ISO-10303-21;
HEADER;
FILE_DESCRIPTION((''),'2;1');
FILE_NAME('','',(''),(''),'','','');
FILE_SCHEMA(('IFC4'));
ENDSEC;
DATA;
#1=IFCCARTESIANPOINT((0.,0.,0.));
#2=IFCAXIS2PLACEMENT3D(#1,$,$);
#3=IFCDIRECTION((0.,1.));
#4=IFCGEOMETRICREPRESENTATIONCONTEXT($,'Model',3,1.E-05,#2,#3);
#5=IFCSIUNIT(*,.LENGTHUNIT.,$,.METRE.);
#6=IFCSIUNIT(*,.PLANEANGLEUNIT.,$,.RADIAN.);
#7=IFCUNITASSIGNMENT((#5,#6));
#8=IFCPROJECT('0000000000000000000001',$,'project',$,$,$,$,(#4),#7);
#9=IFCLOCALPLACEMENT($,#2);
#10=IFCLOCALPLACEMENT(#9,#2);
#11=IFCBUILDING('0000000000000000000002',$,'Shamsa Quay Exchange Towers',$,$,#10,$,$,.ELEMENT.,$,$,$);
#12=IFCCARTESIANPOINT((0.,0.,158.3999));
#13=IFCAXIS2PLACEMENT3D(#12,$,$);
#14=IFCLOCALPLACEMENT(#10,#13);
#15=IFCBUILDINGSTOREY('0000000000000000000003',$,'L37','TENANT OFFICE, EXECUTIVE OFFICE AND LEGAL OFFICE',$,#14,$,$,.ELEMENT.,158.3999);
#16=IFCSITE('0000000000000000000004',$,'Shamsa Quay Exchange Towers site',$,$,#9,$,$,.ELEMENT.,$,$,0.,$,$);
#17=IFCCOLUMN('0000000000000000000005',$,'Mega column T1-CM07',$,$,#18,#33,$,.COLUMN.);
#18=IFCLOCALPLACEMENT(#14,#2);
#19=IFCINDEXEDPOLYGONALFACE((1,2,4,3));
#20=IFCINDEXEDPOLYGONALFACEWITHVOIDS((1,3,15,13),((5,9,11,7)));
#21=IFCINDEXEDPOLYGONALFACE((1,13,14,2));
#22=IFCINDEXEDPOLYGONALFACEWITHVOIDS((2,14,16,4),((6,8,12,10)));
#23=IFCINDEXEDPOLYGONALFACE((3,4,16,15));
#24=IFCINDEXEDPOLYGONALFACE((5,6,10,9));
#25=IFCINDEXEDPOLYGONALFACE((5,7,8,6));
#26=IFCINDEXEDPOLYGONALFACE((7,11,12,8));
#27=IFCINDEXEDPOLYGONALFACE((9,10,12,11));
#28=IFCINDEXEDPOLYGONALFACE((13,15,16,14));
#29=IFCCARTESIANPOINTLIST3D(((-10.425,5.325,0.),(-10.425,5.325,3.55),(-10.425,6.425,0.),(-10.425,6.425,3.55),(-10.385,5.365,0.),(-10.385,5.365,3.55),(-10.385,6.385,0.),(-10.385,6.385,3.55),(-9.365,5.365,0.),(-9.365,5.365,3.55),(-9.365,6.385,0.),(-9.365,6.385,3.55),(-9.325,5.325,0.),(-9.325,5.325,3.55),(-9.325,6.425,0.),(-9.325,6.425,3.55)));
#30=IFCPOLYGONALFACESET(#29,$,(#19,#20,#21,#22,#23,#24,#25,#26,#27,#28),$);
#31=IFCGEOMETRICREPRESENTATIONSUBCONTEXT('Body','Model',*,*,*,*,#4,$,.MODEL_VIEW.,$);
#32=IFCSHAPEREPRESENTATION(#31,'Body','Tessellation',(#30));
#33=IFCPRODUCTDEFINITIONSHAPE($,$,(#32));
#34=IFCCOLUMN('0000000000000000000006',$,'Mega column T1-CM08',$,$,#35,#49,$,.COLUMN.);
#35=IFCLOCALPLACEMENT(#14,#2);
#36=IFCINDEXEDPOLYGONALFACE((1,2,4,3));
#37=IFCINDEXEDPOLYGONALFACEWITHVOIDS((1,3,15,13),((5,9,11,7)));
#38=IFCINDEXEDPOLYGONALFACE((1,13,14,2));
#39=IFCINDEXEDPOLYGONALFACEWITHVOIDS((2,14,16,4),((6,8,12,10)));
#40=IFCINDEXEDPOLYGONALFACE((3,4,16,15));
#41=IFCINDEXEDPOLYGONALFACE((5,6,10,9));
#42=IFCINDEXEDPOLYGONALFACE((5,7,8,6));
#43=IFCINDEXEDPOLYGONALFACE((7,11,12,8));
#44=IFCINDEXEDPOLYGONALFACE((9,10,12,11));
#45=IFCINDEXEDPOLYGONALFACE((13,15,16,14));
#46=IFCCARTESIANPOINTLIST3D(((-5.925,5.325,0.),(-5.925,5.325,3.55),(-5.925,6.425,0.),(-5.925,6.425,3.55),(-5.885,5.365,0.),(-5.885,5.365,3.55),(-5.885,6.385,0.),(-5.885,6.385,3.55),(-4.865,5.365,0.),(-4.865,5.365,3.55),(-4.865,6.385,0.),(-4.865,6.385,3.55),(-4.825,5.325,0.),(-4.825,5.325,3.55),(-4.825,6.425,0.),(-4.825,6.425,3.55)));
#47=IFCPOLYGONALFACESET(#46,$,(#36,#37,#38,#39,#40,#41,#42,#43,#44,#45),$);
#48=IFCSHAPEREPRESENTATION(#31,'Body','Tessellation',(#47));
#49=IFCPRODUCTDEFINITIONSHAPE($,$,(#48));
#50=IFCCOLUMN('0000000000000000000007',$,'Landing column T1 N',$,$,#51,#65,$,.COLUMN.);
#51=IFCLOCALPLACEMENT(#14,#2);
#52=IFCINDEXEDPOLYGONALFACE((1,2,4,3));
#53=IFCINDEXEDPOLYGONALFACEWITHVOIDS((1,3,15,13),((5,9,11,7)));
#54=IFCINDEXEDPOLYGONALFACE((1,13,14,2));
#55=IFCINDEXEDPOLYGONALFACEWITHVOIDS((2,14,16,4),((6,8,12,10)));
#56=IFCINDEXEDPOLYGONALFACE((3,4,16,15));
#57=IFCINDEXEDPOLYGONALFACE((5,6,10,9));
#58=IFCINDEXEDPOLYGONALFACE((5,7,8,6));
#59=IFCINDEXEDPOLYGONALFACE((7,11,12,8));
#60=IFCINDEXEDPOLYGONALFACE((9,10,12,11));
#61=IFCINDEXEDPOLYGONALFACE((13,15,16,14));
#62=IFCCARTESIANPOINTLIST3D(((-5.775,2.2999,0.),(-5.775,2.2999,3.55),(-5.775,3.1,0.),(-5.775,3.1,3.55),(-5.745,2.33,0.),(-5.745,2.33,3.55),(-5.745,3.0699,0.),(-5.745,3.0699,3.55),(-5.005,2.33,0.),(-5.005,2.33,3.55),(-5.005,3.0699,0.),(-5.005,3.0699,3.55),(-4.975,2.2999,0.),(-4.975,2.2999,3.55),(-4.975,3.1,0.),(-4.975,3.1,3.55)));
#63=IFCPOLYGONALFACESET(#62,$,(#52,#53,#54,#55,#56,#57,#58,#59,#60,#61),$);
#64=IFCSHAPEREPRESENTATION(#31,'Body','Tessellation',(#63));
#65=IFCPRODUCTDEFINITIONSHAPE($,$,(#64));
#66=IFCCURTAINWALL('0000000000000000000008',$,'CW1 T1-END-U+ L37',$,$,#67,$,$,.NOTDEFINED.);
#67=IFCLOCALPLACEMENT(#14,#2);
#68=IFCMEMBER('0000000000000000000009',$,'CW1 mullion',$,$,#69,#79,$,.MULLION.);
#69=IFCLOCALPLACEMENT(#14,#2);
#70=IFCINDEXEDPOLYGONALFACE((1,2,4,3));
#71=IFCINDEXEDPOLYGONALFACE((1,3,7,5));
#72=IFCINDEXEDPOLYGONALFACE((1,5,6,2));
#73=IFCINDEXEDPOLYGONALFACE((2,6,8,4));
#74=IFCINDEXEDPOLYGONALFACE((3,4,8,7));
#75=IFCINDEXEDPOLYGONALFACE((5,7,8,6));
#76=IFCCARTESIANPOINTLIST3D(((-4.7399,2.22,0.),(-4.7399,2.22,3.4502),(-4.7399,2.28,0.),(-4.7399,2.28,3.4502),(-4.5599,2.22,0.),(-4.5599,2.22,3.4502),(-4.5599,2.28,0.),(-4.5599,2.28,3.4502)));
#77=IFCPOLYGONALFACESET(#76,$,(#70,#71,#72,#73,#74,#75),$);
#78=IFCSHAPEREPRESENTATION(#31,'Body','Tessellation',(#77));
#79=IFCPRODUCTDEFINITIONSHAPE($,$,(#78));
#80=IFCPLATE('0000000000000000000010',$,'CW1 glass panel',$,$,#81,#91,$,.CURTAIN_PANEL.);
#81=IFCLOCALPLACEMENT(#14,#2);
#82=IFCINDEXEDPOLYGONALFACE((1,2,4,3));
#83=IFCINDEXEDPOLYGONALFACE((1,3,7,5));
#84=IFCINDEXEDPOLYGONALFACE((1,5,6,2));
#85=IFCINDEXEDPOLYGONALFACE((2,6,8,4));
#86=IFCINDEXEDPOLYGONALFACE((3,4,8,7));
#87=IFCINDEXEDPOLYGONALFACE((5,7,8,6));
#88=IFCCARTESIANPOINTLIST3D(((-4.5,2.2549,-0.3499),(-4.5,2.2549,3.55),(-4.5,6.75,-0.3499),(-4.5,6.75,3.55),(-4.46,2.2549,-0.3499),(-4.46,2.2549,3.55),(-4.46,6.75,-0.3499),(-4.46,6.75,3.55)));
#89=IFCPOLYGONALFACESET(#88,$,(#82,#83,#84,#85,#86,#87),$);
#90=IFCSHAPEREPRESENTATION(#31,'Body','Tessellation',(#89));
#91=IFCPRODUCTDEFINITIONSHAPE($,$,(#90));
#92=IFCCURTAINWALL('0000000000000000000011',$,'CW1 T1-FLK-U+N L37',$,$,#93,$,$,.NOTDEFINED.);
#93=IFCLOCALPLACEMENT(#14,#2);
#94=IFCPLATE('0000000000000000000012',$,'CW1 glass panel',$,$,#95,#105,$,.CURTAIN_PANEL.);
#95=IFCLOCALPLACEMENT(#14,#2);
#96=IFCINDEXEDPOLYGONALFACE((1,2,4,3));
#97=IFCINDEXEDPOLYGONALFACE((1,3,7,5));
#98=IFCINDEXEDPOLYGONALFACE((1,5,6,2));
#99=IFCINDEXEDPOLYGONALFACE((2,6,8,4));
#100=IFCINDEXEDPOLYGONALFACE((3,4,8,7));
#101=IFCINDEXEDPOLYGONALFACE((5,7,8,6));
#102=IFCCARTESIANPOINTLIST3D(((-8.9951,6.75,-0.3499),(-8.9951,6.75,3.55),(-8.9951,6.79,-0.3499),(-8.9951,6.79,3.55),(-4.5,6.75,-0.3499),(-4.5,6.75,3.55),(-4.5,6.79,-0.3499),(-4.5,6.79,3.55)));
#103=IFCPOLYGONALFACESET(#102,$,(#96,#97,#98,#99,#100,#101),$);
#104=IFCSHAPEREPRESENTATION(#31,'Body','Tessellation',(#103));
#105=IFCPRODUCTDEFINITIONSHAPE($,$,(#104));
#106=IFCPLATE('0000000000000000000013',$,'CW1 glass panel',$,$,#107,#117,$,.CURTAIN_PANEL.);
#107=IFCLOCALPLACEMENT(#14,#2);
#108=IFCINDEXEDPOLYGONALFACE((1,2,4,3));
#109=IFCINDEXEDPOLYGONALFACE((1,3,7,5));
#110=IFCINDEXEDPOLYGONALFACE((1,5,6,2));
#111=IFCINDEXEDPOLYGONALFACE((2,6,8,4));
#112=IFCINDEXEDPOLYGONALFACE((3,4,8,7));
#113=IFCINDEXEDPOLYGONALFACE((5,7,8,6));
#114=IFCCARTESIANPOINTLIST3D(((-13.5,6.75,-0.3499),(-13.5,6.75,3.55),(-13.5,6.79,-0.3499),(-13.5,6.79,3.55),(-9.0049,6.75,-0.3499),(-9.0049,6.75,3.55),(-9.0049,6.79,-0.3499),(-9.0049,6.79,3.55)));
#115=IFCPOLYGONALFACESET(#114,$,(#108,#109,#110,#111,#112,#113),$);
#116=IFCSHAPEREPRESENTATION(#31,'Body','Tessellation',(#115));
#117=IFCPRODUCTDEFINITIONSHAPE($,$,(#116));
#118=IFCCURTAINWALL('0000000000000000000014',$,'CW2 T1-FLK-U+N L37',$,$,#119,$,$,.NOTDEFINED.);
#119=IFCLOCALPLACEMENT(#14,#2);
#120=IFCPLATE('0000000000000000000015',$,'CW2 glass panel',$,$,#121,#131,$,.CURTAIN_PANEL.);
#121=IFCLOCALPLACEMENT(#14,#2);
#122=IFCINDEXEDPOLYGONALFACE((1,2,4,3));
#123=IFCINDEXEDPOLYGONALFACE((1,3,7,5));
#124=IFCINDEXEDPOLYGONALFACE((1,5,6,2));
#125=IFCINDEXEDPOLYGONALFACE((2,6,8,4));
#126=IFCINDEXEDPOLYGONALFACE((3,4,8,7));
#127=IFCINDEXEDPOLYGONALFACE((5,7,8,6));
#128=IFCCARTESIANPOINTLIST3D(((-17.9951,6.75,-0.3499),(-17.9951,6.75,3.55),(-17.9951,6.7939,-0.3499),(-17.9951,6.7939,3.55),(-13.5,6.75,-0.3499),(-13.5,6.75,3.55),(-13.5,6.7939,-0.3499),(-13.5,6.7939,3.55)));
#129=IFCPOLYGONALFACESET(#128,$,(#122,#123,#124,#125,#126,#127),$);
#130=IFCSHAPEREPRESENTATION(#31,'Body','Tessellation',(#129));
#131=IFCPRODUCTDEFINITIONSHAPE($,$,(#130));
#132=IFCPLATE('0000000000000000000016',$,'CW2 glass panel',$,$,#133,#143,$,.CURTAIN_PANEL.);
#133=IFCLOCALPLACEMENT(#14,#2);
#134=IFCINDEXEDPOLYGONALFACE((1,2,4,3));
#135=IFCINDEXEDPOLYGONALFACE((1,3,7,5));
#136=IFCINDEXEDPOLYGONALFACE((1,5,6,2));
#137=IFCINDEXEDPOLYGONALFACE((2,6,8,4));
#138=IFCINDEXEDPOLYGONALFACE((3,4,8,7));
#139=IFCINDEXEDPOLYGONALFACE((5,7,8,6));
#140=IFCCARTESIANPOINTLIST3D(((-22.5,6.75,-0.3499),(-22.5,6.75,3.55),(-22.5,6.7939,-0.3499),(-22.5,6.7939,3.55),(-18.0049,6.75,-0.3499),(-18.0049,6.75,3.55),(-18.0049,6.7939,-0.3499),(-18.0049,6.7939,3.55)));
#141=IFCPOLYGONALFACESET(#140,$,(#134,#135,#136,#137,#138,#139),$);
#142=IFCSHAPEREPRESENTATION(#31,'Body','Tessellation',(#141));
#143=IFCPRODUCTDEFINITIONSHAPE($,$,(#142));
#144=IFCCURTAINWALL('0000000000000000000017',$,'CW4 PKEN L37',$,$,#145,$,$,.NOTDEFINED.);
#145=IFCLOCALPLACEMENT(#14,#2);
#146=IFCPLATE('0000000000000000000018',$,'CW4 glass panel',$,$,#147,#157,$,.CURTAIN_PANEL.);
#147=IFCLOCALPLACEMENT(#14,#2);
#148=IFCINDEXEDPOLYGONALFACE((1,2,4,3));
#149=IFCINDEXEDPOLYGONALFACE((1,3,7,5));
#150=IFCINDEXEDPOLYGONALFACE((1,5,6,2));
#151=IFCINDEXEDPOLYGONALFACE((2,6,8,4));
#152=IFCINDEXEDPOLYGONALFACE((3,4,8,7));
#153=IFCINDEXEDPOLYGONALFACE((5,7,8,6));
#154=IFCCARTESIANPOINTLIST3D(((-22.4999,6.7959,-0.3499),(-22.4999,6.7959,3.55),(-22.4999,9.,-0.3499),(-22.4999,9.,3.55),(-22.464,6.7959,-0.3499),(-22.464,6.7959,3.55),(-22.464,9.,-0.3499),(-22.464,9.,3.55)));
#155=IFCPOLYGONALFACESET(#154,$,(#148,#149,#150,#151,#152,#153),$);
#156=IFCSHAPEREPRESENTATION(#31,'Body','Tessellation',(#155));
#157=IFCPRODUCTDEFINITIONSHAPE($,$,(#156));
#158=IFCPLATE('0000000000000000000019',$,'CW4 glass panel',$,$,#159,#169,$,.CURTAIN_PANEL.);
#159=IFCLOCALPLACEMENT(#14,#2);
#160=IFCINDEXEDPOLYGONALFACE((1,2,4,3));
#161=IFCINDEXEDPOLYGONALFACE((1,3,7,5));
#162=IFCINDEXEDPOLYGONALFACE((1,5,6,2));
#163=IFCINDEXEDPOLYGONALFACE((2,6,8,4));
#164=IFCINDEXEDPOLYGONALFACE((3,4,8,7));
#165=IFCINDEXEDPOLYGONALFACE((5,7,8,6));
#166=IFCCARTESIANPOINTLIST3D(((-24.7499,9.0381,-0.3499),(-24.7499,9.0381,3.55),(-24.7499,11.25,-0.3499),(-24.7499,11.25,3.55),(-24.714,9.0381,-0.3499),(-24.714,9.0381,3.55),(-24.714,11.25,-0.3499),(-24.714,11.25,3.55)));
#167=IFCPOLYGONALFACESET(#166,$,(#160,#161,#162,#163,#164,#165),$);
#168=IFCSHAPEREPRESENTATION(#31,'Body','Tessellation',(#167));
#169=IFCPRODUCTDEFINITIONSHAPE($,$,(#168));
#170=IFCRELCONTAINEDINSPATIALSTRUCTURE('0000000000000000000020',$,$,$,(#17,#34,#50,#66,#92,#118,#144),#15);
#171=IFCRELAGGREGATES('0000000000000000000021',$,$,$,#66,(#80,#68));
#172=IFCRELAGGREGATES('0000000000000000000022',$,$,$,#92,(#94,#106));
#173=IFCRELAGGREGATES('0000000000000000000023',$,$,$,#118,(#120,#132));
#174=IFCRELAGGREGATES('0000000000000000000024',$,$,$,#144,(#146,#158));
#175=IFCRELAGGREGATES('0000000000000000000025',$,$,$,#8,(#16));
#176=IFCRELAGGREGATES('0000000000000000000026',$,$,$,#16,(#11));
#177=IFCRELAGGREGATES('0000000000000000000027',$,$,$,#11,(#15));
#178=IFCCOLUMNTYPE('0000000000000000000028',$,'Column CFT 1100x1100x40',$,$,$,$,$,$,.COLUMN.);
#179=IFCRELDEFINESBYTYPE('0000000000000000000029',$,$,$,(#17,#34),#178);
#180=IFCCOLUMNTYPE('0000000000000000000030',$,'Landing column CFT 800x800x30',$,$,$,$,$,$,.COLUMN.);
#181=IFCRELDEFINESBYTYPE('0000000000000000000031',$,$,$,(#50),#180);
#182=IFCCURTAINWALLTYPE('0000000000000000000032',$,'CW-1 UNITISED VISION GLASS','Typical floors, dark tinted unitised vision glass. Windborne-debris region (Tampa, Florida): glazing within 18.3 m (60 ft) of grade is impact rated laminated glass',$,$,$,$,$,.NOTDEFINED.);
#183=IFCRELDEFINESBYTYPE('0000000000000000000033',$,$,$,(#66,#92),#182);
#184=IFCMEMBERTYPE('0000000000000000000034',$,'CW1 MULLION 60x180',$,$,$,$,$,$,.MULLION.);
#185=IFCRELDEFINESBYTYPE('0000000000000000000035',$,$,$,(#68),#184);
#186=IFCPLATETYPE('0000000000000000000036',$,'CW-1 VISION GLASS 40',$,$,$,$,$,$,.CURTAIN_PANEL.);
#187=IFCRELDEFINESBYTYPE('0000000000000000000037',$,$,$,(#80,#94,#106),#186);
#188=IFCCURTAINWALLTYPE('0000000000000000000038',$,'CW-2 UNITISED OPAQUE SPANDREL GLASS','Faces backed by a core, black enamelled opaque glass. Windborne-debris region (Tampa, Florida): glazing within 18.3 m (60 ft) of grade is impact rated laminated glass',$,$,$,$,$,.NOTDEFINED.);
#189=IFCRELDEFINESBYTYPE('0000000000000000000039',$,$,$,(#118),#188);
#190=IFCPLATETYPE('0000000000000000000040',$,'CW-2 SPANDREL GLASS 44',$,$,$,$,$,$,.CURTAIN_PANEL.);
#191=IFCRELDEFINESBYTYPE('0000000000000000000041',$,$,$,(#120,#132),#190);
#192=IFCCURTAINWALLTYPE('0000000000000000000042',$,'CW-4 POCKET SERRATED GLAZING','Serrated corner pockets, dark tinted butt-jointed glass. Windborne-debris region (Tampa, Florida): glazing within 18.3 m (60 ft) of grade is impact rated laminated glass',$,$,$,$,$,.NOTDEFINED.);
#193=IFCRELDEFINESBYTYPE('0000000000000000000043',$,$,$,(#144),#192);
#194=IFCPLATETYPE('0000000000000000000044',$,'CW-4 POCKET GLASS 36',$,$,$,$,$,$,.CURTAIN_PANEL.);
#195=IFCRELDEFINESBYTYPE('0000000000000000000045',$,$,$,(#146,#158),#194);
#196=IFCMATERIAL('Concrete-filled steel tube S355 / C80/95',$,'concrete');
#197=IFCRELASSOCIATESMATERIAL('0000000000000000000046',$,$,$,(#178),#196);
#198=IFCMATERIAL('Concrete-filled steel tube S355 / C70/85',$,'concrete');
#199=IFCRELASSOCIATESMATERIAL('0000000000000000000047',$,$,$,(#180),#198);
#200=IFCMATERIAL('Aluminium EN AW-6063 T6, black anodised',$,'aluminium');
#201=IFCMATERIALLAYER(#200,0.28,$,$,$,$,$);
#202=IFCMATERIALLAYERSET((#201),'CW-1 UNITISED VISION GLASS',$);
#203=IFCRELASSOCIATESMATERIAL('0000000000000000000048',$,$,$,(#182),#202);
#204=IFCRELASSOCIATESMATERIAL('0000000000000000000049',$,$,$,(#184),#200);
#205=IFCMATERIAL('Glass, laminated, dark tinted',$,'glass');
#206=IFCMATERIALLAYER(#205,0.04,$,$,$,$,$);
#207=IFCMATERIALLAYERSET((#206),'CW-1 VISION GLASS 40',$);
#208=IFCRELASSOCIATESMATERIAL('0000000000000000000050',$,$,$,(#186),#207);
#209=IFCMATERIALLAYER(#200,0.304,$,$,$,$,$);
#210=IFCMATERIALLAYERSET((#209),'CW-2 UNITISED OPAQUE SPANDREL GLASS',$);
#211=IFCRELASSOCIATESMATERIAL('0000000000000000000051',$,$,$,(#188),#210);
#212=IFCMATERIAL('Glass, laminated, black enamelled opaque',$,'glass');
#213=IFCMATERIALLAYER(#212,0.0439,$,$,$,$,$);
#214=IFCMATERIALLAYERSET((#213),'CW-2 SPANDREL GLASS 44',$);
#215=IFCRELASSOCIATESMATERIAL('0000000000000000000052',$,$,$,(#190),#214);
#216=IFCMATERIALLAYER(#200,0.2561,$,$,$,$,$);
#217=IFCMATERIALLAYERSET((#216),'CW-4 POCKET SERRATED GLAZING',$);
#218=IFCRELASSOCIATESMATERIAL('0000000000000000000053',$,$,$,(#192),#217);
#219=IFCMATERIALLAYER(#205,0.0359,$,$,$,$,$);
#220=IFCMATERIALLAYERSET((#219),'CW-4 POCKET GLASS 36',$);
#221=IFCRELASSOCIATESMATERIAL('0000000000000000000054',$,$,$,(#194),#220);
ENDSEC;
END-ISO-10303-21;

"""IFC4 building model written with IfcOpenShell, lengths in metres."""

from ifc_helpers import new_model, si_unit, direction, frame, origin, origin_2d, place, context, subcontext, project, spatial, rectangle, hollow_rectangle, extrude, material, layer, layer_set, material_profile, profile_set, type_object, element, aggregate, save


model = new_model("IFC4")

# Units and contexts
model_context = context("Model", 3, precision=1e-05, world=origin(), true_north=direction((0.0, 1.0)))
body_context = subcontext(model_context, "Body", "Model", "MODEL_VIEW")
ifc_project = project(units=[si_unit("LENGTHUNIT", "METRE"), si_unit("PLANEANGLEUNIT", "RADIAN")], contexts=[model_context])

# Site, building, storey
site_placement = place(None, origin())
site = spatial("IfcSite", under=ifc_project, at=site_placement, Name="Shamsa Quay Exchange Towers site", CompositionType="ELEMENT", RefElevation=0.0)
building_placement = place(site_placement, origin())
building = spatial("IfcBuilding", under=site, at=building_placement, Name="Shamsa Quay Exchange Towers", CompositionType="ELEMENT")
storey_placement = place(building_placement, frame((0.0, 0.0, 158.3999)))
storey = spatial("IfcBuildingStorey", under=building, at=storey_placement, Name="L37", Description="TENANT OFFICE, EXECUTIVE OFFICE AND LEGAL OFFICE", CompositionType="ELEMENT", Elevation=158.3999)

# Columns
ifc_material_1 = material(Name="Concrete-filled steel tube S355 / C80/95", Category="concrete")
ifc_material_profile_1 = material_profile(ifc_material_1, hollow_rectangle(XDim=1.1001, YDim=1.1001, WallThickness=0.04, at=origin_2d()), Name="CFT 1100x1100x40")
ifc_profile_set_1 = profile_set([ifc_material_profile_1], Name="Concrete-filled steel tube S355 / C80/95")
column_type_1 = type_object("IfcColumnType", Name="Column CFT 1100x1100x40", PredefinedType="COLUMN", material=ifc_profile_set_1)
for number, where, name in (
    (1, (-9.875, 5.875, 0.0), "Mega column T1-CM07"),
    (2, (-5.375, 5.875, 0.0), "Mega column T1-CM08"),
):
    element("IfcColumn", number, at=place(storey_placement, frame(where)), inside=storey, type_object=column_type_1, Name=name, PredefinedType="COLUMN", context=body_context, shape_type="SweptSolid", body=[
        extrude(hollow_rectangle(XDim=1.1001, YDim=1.1001, WallThickness=0.04, at=origin_2d()), origin(), (0.0, 0.0, 1.0), 3.55),
    ])
ifc_material_2 = material(Name="Concrete-filled steel tube S355 / C70/85", Category="concrete")
ifc_material_profile_2 = material_profile(ifc_material_2, hollow_rectangle(XDim=0.8, YDim=0.8, WallThickness=0.03, at=origin_2d()), Name="CFT 800x800x30")
ifc_profile_set_2 = profile_set([ifc_material_profile_2], Name="Concrete-filled steel tube S355 / C70/85")
column_type_2 = type_object("IfcColumnType", Name="Landing column CFT 800x800x30", PredefinedType="COLUMN", material=ifc_profile_set_2)
column_placement = place(storey_placement, frame((-5.375, 2.7, 0.0)))
element("IfcColumn", 3, at=column_placement, inside=storey, type_object=column_type_2, Name="Landing column T1 N", PredefinedType="COLUMN", context=body_context, shape_type="SweptSolid", body=[
    extrude(hollow_rectangle(XDim=0.8, YDim=0.8, WallThickness=0.03, at=origin_2d()), origin(), (0.0, 0.0, 1.0), 3.55),
])

# Curtain wall, member, plate
ifc_material_3 = material(Name="Aluminium EN AW-6063 T6, black anodised", Category="aluminium")
ifc_layer_1 = layer(ifc_material_3, 0.28)
ifc_layer_set_1 = layer_set([ifc_layer_1], Name="CW-1 UNITISED VISION GLASS")
curtain_wall_type_1 = type_object("IfcCurtainWallType", Name="CW-1 UNITISED VISION GLASS", Description="Typical floors, dark tinted unitised vision glass. Windborne-debris region (Tampa, Florida): glazing within 18.3 m (60 ft) of grade is impact rated laminated glass", PredefinedType="NOTDEFINED", material=ifc_layer_set_1)
curtain_wall_1_placement = place(storey_placement, origin())
curtain_wall_1 = element("IfcCurtainWall", 4, at=curtain_wall_1_placement, inside=storey, type_object=curtain_wall_type_1, Name="CW1 T1-END-U+ L37", PredefinedType="NOTDEFINED")
ifc_material_profile_3 = material_profile(ifc_material_3, rectangle(XDim=0.1799, YDim=0.0601, at=origin_2d()), Name="MU60x180")
ifc_profile_set_3 = profile_set([ifc_material_profile_3], Name="Aluminium EN AW-6063 T6, black anodised")
member_type = type_object("IfcMemberType", Name="CW1 MULLION 60x180", PredefinedType="MULLION", material=ifc_profile_set_3)
member_placement = place(storey_placement, frame((-4.6499, 2.25, 0.0), z_axis=(0.0, 0.0, 1.0), x_axis=(-1.0, 0.0, 0.0)))
member = element("IfcMember", 5, at=member_placement, type_object=member_type, Name="CW1 mullion", PredefinedType="MULLION", context=body_context, shape_type="SweptSolid", body=[
    extrude(rectangle(XDim=0.1799, YDim=0.0601, at=origin_2d()), origin(), (0.0, 0.0, 1.0), 3.4502),
])
ifc_material_4 = material(Name="Glass, laminated, dark tinted", Category="glass")
ifc_layer_2 = layer(ifc_material_4, 0.04)
ifc_layer_set_2 = layer_set([ifc_layer_2], Name="CW-1 VISION GLASS 40")
plate_type_1 = type_object("IfcPlateType", Name="CW-1 VISION GLASS 40", PredefinedType="CURTAIN_PANEL", material=ifc_layer_set_2)
plate_1_placement = place(storey_placement, frame((-4.48, 4.5024, -0.3499), z_axis=(0.0, 0.0, 1.0), x_axis=(0.0, 1.0, 0.0)))
plate_1 = element("IfcPlate", 6, at=plate_1_placement, type_object=plate_type_1, Name="CW1 glass panel", PredefinedType="CURTAIN_PANEL", context=body_context, shape_type="SweptSolid", body=[
    extrude(rectangle(XDim=4.4951, YDim=0.04, at=origin_2d()), origin(), (0.0, 0.0, 1.0), 3.8999),
])
aggregate(curtain_wall_1, [plate_1, member])

# Curtain walls, plates
curtain_wall_2_placement = place(storey_placement, origin())
curtain_wall_2 = element("IfcCurtainWall", 7, at=curtain_wall_2_placement, inside=storey, type_object=curtain_wall_type_1, Name="CW1 T1-FLK-U+N L37", PredefinedType="NOTDEFINED")
plate_2_placement = place(storey_placement, frame((-6.7476, 6.77, -0.3499), z_axis=(0.0, 0.0, 1.0), x_axis=(-1.0, 0.0, 0.0)))
plate_2 = element("IfcPlate", 8, at=plate_2_placement, type_object=plate_type_1, Name="CW1 glass panel", PredefinedType="CURTAIN_PANEL", context=body_context, shape_type="SweptSolid", body=[
    extrude(rectangle(XDim=4.4951, YDim=0.04, at=origin_2d()), origin(), (0.0, 0.0, 1.0), 3.8999),
])
plate_3_placement = place(storey_placement, frame((-11.2524, 6.77, -0.3499), z_axis=(0.0, 0.0, 1.0), x_axis=(-1.0, 0.0, 0.0)))
plate_3 = element("IfcPlate", 9, at=plate_3_placement, type_object=plate_type_1, Name="CW1 glass panel", PredefinedType="CURTAIN_PANEL", context=body_context, shape_type="SweptSolid", body=[
    extrude(rectangle(XDim=4.4951, YDim=0.04, at=origin_2d()), origin(), (0.0, 0.0, 1.0), 3.8999),
])
aggregate(curtain_wall_2, [plate_2, plate_3])
ifc_layer_3 = layer(ifc_material_3, 0.304)
ifc_layer_set_3 = layer_set([ifc_layer_3], Name="CW-2 UNITISED OPAQUE SPANDREL GLASS")
curtain_wall_type_2 = type_object("IfcCurtainWallType", Name="CW-2 UNITISED OPAQUE SPANDREL GLASS", Description="Faces backed by a core, black enamelled opaque glass. Windborne-debris region (Tampa, Florida): glazing within 18.3 m (60 ft) of grade is impact rated laminated glass", PredefinedType="NOTDEFINED", material=ifc_layer_set_3)
curtain_wall_3_placement = place(storey_placement, origin())
curtain_wall_3 = element("IfcCurtainWall", 10, at=curtain_wall_3_placement, inside=storey, type_object=curtain_wall_type_2, Name="CW2 T1-FLK-U+N L37", PredefinedType="NOTDEFINED")
ifc_material_5 = material(Name="Glass, laminated, black enamelled opaque", Category="glass")
ifc_layer_4 = layer(ifc_material_5, 0.0439)
ifc_layer_set_4 = layer_set([ifc_layer_4], Name="CW-2 SPANDREL GLASS 44")
plate_type_2 = type_object("IfcPlateType", Name="CW-2 SPANDREL GLASS 44", PredefinedType="CURTAIN_PANEL", material=ifc_layer_set_4)
plate_4_placement = place(storey_placement, frame((-15.7476, 6.772, -0.3499), z_axis=(0.0, 0.0, 1.0), x_axis=(-1.0, 0.0, 0.0)))
plate_4 = element("IfcPlate", 11, at=plate_4_placement, type_object=plate_type_2, Name="CW2 glass panel", PredefinedType="CURTAIN_PANEL", context=body_context, shape_type="SweptSolid", body=[
    extrude(rectangle(XDim=4.4951, YDim=0.0439, at=origin_2d()), origin(), (0.0, 0.0, 1.0), 3.8999),
])
plate_5_placement = place(storey_placement, frame((-20.2524, 6.772, -0.3499), z_axis=(0.0, 0.0, 1.0), x_axis=(-1.0, 0.0, 0.0)))
plate_5 = element("IfcPlate", 12, at=plate_5_placement, type_object=plate_type_2, Name="CW2 glass panel", PredefinedType="CURTAIN_PANEL", context=body_context, shape_type="SweptSolid", body=[
    extrude(rectangle(XDim=4.4951, YDim=0.0439, at=origin_2d()), origin(), (0.0, 0.0, 1.0), 3.8999),
])
aggregate(curtain_wall_3, [plate_4, plate_5])
ifc_layer_5 = layer(ifc_material_3, 0.2561)
ifc_layer_set_5 = layer_set([ifc_layer_5], Name="CW-4 POCKET SERRATED GLAZING")
curtain_wall_type_3 = type_object("IfcCurtainWallType", Name="CW-4 POCKET SERRATED GLAZING", Description="Serrated corner pockets, dark tinted butt-jointed glass. Windborne-debris region (Tampa, Florida): glazing within 18.3 m (60 ft) of grade is impact rated laminated glass", PredefinedType="NOTDEFINED", material=ifc_layer_set_5)
curtain_wall_4_placement = place(storey_placement, origin())
curtain_wall_4 = element("IfcCurtainWall", 13, at=curtain_wall_4_placement, inside=storey, type_object=curtain_wall_type_3, Name="CW4 PKEN L37", PredefinedType="NOTDEFINED")
ifc_layer_6 = layer(ifc_material_4, 0.0359)
ifc_layer_set_6 = layer_set([ifc_layer_6], Name="CW-4 POCKET GLASS 36")
plate_type_3 = type_object("IfcPlateType", Name="CW-4 POCKET GLASS 36", PredefinedType="CURTAIN_PANEL", material=ifc_layer_set_6)
plate_6_placement = place(storey_placement, frame((-22.4819, 7.8979, -0.3499), z_axis=(0.0, 0.0, 1.0), x_axis=(0.0, 1.0, 0.0)))
plate_6 = element("IfcPlate", 14, at=plate_6_placement, type_object=plate_type_3, Name="CW4 glass panel", PredefinedType="CURTAIN_PANEL", context=body_context, shape_type="SweptSolid", body=[
    extrude(rectangle(XDim=2.2041, YDim=0.0359, at=origin_2d()), origin(), (0.0, 0.0, 1.0), 3.8999),
])
plate_7_placement = place(storey_placement, frame((-24.7319, 10.144, -0.3499), z_axis=(0.0, 0.0, 1.0), x_axis=(0.0, 1.0, 0.0)))
plate_7 = element("IfcPlate", 15, at=plate_7_placement, type_object=plate_type_3, Name="CW4 glass panel", PredefinedType="CURTAIN_PANEL", context=body_context, shape_type="SweptSolid", body=[
    extrude(rectangle(XDim=2.2119, YDim=0.0359, at=origin_2d()), origin(), (0.0, 0.0, 1.0), 3.8999),
])
aggregate(curtain_wall_4, [plate_6, plate_7])

save(model, "model.ifc")
